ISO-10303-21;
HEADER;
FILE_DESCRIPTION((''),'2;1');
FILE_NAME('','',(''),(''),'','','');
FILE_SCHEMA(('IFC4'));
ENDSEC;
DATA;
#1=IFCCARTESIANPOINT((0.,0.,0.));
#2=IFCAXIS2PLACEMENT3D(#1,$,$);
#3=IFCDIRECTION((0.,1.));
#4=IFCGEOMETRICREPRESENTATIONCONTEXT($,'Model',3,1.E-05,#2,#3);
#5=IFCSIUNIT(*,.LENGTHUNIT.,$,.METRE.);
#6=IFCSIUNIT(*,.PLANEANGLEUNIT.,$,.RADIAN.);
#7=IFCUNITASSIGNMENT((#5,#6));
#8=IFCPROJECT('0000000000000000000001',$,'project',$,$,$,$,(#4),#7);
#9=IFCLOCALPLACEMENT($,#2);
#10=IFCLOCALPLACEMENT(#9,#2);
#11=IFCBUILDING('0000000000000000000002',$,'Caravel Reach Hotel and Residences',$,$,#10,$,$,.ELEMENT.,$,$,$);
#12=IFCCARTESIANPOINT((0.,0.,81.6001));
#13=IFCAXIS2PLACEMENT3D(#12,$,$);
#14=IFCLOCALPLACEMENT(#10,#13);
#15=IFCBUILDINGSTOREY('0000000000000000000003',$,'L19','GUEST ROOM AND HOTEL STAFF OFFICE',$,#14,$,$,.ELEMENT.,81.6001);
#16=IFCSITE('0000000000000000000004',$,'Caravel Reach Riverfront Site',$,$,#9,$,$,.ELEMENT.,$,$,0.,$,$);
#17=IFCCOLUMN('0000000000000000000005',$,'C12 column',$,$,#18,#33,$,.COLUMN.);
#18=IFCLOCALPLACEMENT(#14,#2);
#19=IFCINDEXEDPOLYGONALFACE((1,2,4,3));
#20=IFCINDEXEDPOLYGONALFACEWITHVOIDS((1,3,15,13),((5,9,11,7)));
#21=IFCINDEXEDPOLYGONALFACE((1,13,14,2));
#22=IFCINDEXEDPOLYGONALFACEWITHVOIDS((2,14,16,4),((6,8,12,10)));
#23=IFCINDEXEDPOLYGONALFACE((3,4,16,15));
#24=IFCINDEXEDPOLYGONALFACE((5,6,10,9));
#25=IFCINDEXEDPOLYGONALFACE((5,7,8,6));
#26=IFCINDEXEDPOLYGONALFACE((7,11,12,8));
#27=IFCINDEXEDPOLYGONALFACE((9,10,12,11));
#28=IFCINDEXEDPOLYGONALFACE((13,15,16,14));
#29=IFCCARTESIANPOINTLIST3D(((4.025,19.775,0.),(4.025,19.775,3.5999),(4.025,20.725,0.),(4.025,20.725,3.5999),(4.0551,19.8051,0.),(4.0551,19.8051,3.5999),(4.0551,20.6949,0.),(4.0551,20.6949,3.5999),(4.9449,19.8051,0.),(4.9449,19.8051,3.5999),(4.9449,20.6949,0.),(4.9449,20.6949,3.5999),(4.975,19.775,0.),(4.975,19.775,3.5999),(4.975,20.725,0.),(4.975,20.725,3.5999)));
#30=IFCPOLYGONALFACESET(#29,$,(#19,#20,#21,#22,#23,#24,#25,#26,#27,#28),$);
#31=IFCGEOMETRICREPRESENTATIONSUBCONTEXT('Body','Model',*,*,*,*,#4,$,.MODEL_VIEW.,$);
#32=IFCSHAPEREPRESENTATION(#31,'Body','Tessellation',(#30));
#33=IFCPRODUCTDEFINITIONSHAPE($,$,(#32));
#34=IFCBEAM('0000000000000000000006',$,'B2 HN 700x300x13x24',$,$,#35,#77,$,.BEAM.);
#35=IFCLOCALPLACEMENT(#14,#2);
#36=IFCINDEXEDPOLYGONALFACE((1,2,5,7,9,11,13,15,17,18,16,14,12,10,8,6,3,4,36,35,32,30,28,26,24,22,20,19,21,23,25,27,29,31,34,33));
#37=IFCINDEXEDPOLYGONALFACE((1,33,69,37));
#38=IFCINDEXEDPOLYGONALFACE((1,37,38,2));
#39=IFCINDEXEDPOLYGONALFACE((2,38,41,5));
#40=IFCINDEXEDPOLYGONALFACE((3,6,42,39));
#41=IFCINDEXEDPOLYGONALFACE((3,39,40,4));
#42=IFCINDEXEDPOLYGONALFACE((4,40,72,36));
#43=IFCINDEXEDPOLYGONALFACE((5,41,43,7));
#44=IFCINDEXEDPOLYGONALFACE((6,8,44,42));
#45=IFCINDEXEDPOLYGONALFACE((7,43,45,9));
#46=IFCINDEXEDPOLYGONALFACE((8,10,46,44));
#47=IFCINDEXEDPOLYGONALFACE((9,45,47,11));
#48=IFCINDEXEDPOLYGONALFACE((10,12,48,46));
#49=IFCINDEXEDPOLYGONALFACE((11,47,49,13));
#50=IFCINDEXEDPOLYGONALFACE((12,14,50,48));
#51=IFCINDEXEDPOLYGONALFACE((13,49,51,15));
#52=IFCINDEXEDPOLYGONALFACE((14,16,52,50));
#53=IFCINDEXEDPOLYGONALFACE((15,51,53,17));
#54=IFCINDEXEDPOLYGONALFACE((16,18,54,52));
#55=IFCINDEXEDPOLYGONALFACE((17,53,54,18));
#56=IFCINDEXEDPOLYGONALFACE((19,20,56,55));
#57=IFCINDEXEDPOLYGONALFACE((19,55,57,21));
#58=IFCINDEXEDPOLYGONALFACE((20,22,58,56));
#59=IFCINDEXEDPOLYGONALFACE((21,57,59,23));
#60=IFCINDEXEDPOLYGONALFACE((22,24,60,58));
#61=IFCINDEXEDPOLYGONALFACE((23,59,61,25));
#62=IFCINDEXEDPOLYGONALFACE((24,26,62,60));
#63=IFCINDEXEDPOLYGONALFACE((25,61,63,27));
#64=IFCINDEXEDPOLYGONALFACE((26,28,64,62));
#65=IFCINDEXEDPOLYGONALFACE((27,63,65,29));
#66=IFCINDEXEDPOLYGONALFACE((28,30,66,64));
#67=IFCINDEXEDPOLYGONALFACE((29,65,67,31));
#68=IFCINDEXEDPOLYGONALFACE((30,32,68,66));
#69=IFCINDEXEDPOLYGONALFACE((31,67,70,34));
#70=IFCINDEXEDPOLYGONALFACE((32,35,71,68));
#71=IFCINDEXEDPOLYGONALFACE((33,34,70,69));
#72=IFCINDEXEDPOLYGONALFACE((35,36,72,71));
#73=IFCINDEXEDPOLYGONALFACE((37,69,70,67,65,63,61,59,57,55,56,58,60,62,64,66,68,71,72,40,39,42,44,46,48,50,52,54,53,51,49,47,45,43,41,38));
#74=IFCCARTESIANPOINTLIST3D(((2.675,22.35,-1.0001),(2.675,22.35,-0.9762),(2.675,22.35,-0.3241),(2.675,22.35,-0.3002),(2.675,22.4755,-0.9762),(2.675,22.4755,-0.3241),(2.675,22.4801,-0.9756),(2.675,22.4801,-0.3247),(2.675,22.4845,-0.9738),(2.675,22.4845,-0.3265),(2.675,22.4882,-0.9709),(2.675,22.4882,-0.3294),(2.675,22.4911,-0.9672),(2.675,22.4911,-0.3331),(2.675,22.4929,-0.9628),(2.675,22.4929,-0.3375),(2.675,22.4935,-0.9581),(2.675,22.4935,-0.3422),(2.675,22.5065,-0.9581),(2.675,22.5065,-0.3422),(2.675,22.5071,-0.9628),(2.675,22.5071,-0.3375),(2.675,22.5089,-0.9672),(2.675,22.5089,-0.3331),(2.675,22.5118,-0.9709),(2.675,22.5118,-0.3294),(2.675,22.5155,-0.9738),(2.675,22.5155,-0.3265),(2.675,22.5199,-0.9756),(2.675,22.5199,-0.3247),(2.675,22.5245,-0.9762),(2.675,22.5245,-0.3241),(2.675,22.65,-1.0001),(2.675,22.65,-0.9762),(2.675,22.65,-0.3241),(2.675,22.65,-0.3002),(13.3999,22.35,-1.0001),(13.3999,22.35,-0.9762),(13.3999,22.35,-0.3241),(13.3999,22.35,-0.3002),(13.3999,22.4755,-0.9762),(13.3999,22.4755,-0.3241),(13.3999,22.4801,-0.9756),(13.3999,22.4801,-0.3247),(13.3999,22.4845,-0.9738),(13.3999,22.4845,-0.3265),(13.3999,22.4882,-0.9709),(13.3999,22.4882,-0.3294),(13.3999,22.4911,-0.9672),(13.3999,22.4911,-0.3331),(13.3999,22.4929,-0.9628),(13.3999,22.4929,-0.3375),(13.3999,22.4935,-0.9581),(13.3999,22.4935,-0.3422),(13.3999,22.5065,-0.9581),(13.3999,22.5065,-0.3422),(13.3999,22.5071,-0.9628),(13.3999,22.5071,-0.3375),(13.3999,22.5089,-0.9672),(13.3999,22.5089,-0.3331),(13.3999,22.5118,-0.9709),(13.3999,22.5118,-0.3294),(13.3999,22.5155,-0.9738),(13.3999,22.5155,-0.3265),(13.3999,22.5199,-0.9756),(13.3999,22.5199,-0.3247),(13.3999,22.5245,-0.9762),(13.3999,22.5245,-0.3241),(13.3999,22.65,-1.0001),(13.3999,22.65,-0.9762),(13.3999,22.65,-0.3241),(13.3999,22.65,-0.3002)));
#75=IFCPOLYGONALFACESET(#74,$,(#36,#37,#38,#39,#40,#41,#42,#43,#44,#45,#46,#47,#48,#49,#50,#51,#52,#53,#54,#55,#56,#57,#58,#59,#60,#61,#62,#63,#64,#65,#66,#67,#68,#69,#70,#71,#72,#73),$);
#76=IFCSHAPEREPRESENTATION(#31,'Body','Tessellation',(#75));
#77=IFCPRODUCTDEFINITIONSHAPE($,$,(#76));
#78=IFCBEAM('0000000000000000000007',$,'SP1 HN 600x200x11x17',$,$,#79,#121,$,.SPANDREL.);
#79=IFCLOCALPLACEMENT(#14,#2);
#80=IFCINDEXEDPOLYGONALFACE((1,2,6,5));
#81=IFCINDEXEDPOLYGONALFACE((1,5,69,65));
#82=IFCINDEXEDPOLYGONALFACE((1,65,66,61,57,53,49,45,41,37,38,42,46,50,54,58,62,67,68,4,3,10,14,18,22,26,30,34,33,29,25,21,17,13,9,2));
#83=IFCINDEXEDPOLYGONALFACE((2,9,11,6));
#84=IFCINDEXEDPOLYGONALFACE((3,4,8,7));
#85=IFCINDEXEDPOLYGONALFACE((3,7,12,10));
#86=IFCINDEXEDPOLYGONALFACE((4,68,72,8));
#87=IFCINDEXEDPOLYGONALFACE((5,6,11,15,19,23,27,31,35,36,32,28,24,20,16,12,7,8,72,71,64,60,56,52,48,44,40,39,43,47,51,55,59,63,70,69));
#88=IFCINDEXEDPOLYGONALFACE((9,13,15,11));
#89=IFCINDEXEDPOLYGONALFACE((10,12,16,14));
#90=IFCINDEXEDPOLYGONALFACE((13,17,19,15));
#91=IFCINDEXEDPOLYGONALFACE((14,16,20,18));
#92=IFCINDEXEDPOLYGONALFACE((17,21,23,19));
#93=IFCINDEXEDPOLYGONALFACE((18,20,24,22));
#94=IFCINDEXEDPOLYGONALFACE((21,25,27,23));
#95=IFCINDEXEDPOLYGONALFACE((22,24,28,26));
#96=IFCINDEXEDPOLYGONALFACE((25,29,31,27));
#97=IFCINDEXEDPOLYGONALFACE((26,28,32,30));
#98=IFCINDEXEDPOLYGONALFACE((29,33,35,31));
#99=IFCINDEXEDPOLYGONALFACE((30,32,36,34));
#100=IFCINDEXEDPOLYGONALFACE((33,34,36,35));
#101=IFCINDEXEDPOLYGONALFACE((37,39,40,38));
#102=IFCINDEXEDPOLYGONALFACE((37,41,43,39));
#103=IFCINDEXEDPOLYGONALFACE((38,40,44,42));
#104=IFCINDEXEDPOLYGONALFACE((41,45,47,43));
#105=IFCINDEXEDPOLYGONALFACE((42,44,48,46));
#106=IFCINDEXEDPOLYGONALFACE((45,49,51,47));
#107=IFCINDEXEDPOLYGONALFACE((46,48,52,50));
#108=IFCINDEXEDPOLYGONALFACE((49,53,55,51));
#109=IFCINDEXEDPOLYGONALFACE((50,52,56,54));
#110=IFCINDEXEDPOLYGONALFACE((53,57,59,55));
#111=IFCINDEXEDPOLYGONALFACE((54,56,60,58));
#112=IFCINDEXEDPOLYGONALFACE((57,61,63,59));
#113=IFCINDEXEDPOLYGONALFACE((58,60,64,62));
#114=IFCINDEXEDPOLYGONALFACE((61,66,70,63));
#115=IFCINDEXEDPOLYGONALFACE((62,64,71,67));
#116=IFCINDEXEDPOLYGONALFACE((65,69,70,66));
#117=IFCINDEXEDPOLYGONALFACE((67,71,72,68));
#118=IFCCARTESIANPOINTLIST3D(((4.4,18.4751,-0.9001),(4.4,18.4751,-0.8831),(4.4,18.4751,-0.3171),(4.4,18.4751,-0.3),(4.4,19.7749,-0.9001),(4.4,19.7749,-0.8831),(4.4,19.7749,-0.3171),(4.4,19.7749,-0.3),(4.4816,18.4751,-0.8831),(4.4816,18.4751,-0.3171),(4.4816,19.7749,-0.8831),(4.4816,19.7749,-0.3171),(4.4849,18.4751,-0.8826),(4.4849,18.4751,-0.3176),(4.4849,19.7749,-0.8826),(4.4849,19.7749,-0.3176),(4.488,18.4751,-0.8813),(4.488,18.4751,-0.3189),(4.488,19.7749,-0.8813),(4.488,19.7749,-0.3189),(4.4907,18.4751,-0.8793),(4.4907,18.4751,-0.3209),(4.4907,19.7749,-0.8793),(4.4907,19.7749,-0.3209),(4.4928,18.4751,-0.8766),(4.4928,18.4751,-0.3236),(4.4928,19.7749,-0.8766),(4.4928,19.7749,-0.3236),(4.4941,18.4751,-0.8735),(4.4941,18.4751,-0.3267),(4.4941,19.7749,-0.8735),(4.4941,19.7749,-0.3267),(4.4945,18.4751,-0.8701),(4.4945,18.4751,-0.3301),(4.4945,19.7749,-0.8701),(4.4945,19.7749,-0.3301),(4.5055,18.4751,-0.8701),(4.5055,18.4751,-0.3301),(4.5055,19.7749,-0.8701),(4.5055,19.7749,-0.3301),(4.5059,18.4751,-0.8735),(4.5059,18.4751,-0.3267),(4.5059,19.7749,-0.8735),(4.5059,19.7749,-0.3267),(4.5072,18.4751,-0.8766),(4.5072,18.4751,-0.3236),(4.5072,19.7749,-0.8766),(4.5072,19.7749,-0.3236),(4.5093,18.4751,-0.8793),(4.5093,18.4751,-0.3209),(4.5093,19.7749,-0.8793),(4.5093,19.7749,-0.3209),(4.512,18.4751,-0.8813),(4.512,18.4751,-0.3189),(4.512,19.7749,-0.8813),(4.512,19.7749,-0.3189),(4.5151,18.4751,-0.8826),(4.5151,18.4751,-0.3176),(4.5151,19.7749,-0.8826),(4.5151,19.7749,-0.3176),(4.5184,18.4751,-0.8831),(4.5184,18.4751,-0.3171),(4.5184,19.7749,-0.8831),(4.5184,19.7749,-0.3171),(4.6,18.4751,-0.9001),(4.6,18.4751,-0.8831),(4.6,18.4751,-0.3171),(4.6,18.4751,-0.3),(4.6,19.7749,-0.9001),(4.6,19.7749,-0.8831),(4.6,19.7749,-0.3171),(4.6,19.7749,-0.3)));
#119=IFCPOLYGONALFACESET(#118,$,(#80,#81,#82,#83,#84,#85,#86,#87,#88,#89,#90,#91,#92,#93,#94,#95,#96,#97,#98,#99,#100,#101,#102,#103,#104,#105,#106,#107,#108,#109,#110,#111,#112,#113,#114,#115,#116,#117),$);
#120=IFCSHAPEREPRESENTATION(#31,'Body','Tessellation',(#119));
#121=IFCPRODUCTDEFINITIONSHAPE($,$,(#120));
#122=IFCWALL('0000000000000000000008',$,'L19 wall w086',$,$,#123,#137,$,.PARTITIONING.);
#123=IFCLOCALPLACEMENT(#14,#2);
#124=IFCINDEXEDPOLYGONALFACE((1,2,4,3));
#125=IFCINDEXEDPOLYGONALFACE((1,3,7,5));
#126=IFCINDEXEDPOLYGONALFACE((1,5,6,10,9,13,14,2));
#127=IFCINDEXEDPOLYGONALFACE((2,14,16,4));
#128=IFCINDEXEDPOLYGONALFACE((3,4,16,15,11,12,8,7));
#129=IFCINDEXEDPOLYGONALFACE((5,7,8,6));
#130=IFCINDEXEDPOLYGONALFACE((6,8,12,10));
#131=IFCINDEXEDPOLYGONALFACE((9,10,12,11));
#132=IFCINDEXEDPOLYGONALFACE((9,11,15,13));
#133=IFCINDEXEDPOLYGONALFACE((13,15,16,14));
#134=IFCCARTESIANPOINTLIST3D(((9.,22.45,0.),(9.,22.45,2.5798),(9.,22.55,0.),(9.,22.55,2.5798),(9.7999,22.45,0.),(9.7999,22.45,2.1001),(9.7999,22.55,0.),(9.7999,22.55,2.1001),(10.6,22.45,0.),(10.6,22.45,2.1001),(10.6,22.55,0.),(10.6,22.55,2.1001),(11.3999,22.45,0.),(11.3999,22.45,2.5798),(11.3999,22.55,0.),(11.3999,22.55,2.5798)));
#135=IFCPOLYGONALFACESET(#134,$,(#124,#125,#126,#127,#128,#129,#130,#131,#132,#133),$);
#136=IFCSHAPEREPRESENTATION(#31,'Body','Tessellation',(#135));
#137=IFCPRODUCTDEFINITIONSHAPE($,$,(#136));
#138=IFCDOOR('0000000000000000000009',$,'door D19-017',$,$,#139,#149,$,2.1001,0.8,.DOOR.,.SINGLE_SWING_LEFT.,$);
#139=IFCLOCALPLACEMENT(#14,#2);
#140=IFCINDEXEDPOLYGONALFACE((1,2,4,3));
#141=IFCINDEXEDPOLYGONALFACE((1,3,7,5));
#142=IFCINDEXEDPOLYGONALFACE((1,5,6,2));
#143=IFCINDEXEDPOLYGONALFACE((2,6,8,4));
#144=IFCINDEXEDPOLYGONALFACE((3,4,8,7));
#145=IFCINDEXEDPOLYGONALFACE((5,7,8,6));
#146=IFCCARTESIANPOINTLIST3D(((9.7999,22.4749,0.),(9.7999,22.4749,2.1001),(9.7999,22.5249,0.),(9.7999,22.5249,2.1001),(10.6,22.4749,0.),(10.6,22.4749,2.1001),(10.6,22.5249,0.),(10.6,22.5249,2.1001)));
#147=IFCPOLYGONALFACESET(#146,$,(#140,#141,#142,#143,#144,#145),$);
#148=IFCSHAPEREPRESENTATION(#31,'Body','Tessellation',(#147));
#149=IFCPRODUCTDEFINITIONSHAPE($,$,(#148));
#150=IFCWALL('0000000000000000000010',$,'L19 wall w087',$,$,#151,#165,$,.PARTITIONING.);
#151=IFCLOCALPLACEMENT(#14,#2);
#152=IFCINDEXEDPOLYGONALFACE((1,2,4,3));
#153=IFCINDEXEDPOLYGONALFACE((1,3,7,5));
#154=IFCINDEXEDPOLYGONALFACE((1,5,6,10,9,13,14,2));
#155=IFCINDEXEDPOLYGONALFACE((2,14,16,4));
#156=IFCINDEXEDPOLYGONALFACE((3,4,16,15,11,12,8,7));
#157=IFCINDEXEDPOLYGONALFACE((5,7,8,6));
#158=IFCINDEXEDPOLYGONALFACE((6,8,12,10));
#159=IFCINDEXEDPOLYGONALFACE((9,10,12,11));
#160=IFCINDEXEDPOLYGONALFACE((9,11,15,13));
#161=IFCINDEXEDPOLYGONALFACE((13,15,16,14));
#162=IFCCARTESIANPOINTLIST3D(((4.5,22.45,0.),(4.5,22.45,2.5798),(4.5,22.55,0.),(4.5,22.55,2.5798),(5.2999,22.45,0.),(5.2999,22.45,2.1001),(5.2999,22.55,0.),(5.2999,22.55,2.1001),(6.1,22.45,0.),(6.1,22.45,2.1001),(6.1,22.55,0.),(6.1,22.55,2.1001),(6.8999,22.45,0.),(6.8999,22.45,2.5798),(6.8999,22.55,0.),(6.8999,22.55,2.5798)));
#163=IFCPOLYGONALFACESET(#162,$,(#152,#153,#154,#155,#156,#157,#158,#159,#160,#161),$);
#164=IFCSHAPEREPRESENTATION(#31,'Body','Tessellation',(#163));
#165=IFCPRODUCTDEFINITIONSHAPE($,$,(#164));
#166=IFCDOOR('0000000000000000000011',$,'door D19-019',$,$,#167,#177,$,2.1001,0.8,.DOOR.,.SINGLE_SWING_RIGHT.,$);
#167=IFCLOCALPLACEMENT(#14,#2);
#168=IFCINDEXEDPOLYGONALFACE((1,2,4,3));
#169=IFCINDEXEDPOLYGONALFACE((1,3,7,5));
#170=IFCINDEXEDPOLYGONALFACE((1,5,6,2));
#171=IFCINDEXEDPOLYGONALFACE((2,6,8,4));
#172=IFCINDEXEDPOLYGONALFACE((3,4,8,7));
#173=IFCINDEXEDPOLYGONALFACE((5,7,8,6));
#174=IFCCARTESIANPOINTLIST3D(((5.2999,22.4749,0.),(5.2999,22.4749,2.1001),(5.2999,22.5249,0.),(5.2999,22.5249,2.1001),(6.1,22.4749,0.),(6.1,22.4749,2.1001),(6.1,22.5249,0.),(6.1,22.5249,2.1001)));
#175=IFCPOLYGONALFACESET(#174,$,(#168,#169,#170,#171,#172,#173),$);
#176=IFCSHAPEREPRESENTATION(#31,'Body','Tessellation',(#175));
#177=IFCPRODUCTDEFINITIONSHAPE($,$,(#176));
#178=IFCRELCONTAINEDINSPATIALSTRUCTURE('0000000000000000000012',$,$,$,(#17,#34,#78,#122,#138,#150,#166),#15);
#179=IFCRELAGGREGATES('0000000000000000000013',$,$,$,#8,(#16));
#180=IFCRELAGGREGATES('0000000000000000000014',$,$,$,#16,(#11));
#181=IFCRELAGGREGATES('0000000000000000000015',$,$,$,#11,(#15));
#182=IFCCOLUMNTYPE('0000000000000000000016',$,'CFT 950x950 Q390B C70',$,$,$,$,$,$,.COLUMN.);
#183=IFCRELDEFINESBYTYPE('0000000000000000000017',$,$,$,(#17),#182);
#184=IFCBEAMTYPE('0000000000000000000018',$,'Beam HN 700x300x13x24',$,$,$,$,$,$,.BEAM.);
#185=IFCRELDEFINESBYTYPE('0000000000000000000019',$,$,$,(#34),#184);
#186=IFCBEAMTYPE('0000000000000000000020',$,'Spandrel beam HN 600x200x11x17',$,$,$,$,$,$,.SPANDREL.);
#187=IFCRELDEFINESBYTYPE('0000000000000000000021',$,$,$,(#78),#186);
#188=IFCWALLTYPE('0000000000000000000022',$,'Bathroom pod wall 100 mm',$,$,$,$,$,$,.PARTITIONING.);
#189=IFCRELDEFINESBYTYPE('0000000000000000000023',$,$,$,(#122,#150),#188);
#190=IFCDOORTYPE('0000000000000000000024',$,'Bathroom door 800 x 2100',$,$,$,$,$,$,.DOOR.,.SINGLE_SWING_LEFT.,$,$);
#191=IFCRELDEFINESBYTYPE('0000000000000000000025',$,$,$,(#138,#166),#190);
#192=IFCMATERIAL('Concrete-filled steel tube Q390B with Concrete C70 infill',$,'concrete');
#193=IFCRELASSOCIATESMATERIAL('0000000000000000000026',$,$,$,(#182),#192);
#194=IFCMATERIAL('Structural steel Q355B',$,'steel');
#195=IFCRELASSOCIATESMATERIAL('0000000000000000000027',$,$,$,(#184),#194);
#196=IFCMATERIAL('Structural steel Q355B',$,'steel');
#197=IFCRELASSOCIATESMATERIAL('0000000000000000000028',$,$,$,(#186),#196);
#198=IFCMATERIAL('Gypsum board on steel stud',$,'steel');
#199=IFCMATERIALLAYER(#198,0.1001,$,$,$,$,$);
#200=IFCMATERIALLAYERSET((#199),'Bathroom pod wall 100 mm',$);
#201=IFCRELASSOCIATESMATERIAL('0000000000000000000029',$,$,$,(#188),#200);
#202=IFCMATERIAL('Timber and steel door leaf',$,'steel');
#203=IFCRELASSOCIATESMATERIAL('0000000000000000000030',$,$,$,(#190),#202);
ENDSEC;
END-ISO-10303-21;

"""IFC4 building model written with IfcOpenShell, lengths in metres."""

from ifc_helpers import new_model, si_unit, direction, frame, frame_2d, origin, origin_2d, place, context, subcontext, project, spatial, rectangle, hollow_rectangle, i_section, extrude, material, layer, layer_set, material_profile, profile_set, type_object, element, fill, save


model = new_model("IFC4")

# Units and contexts
model_context = context("Model", 3, precision=1e-05, world=origin(), true_north=direction((0.0, 1.0)))
body_context = subcontext(model_context, "Body", "Model", "MODEL_VIEW")
ifc_project = project(units=[si_unit("LENGTHUNIT", "METRE"), si_unit("PLANEANGLEUNIT", "RADIAN")], contexts=[model_context])

# Site, building, storey
site_placement = place(None, origin())
site = spatial("IfcSite", under=ifc_project, at=site_placement, Name="Caravel Reach Riverfront Site", CompositionType="ELEMENT", RefElevation=0.0)
building_placement = place(site_placement, origin())
building = spatial("IfcBuilding", under=site, at=building_placement, Name="Caravel Reach Hotel and Residences", CompositionType="ELEMENT")
storey_placement = place(building_placement, frame((0.0, 0.0, 81.6001)))
storey = spatial("IfcBuildingStorey", under=building, at=storey_placement, Name="L19", Description="GUEST ROOM AND HOTEL STAFF OFFICE", CompositionType="ELEMENT", Elevation=81.6001)

# Column
ifc_material_1 = material(Name="Concrete-filled steel tube Q390B with Concrete C70 infill", Category="concrete")
ifc_material_profile_1 = material_profile(ifc_material_1, hollow_rectangle(XDim=0.95, YDim=0.95, WallThickness=0.03, at=origin_2d()), Name="RHS 950x950x30")
ifc_profile_set_1 = profile_set([ifc_material_profile_1], Name="Concrete-filled steel tube Q390B with Concrete C70 infill")
column_type = type_object("IfcColumnType", Name="CFT 950x950 Q390B C70", PredefinedType="COLUMN", material=ifc_profile_set_1)
column_placement = place(storey_placement, frame((4.5, 20.25, 0.0), z_axis=(0.0, 0.0, 1.0), x_axis=(1.0, 0.0, 0.0)))
element("IfcColumn", 1, at=column_placement, inside=storey, type_object=column_type, Name="C12 column", PredefinedType="COLUMN", context=body_context, shape_type="SweptSolid", body=[
    extrude(hollow_rectangle(XDim=0.95, YDim=0.95, WallThickness=0.03, at=origin_2d()), origin(), (0.0, 0.0, 1.0), 3.5999),
])

# Beams
ifc_material_2 = material(Name="Structural steel Q355B", Category="steel")
ifc_material_profile_2 = material_profile(ifc_material_2, i_section(OverallWidth=0.3, OverallDepth=0.7, WebThickness=0.0129, FlangeThickness=0.0239, FilletRadius=0.0181, at=origin_2d()), Name="HN 700x300x13x24")
ifc_profile_set_2 = profile_set([ifc_material_profile_2], Name="Structural steel Q355B")
beam_type_1 = type_object("IfcBeamType", Name="Beam HN 700x300x13x24", PredefinedType="BEAM", material=ifc_profile_set_2)
beam_1_placement = place(storey_placement, frame((13.3999, 22.5, -0.6501), z_axis=(-1.0, 0.0, 0.0), x_axis=(0.0, -1.0, 0.0)))
element("IfcBeam", 2, at=beam_1_placement, inside=storey, type_object=beam_type_1, Name="B2 HN 700x300x13x24", PredefinedType="BEAM", context=body_context, shape_type="SweptSolid", body=[
    extrude(i_section(OverallWidth=0.3, OverallDepth=0.7, WebThickness=0.0129, FlangeThickness=0.0239, FilletRadius=0.0181, at=origin_2d()), origin(), (0.0, 0.0, 1.0), 10.7249),
])
ifc_material_3 = material(Name="Structural steel Q355B", Category="steel")
ifc_material_profile_3 = material_profile(ifc_material_3, i_section(OverallWidth=0.2, OverallDepth=0.6001, WebThickness=0.011, FlangeThickness=0.0171, FilletRadius=0.0129, at=origin_2d()), Name="HN 600x200x11x17")
ifc_profile_set_3 = profile_set([ifc_material_profile_3], Name="Structural steel Q355B")
beam_type_2 = type_object("IfcBeamType", Name="Spandrel beam HN 600x200x11x17", PredefinedType="SPANDREL", material=ifc_profile_set_3)
beam_2_placement = place(storey_placement, frame((4.5, 19.7749, -0.6001), z_axis=(0.0, -1.0, 0.0), x_axis=(1.0, 0.0, 0.0)))
element("IfcBeam", 3, at=beam_2_placement, inside=storey, type_object=beam_type_2, Name="SP1 HN 600x200x11x17", PredefinedType="SPANDREL", context=body_context, shape_type="SweptSolid", body=[
    extrude(i_section(OverallWidth=0.2, OverallDepth=0.6001, WebThickness=0.011, FlangeThickness=0.0171, FilletRadius=0.0129, at=origin_2d()), origin(), (0.0, 0.0, 1.0), 1.2998),
])

# Walls, openings, doors
ifc_material_4 = material(Name="Gypsum board on steel stud", Category="steel")
ifc_layer_1 = layer(ifc_material_4, 0.1001)
ifc_layer_set_1 = layer_set([ifc_layer_1], Name="Bathroom pod wall 100 mm")
wall_type_1 = type_object("IfcWallType", Name="Bathroom pod wall 100 mm", PredefinedType="PARTITIONING", material=ifc_layer_set_1)
wall_1_placement = place(storey_placement, frame((9.0, 22.5, 0.0), z_axis=(0.0, 0.0, 1.0), x_axis=(1.0, 0.0, 0.0)))
wall_1 = element("IfcWall", 4, at=wall_1_placement, inside=storey, type_object=wall_type_1, Name="L19 wall w086", PredefinedType="PARTITIONING", context=body_context, shape_type="SweptSolid", body=[
    extrude(rectangle(XDim=2.3999, YDim=0.1001, at=frame_2d((1.2, 0.0))), origin(), (0.0, 0.0, 1.0), 2.5798),
])
opening_1_placement = place(wall_1_placement, frame((0.8, 0.0, 0.0)))
opening_1 = element("IfcOpeningElement", 5, at=opening_1_placement, cuts=wall_1, PredefinedType="OPENING", context=body_context, shape_type="SweptSolid", body=[
    extrude(rectangle(XDim=0.8, YDim=2.1001, at=frame_2d((0.3999, 1.05))), frame((0.0, 0.0601, 0.0), z_axis=(0.0, -1.0, 0.0), x_axis=(1.0, 0.0, 0.0)), (0.0, 0.0, 1.0), 0.1201),
])
ifc_material_5 = material(Name="Timber and steel door leaf", Category="steel")
door_type_1 = type_object("IfcDoorType", Name="Bathroom door 800 x 2100", OperationType="SINGLE_SWING_LEFT", PredefinedType="DOOR", material=ifc_material_5)
door_1_placement = place(opening_1_placement, origin())
door_1 = element("IfcDoor", 6, at=door_1_placement, inside=storey, type_object=door_type_1, Name="door D19-017", OperationType="SINGLE_SWING_LEFT", OverallHeight=2.1001, OverallWidth=0.8, PredefinedType="DOOR", context=body_context, shape_type="SweptSolid", body=[
    extrude(rectangle(XDim=0.8, YDim=2.1001, at=frame_2d((0.3999, 1.05))), frame((0.0, 0.0249, 0.0), z_axis=(0.0, -1.0, 0.0), x_axis=(1.0, 0.0, 0.0)), (0.0, 0.0, 1.0), 0.05),
])
fill(opening_1, door_1)
wall_2_placement = place(storey_placement, frame((4.5, 22.5, 0.0), z_axis=(0.0, 0.0, 1.0), x_axis=(1.0, 0.0, 0.0)))
wall_2 = element("IfcWall", 7, at=wall_2_placement, inside=storey, type_object=wall_type_1, Name="L19 wall w087", PredefinedType="PARTITIONING", context=body_context, shape_type="SweptSolid", body=[
    extrude(rectangle(XDim=2.3999, YDim=0.1001, at=frame_2d((1.2, 0.0))), origin(), (0.0, 0.0, 1.0), 2.5798),
])
opening_2_placement = place(wall_2_placement, frame((0.8, 0.0, 0.0)))
opening_2 = element("IfcOpeningElement", 8, at=opening_2_placement, cuts=wall_2, PredefinedType="OPENING", context=body_context, shape_type="SweptSolid", body=[
    extrude(rectangle(XDim=0.8, YDim=2.1001, at=frame_2d((0.3999, 1.05))), frame((0.0, 0.0601, 0.0), z_axis=(0.0, -1.0, 0.0), x_axis=(1.0, 0.0, 0.0)), (0.0, 0.0, 1.0), 0.1201),
])
door_2_placement = place(opening_2_placement, origin())
door_2 = element("IfcDoor", 9, at=door_2_placement, inside=storey, type_object=door_type_1, Name="door D19-019", OperationType="SINGLE_SWING_RIGHT", OverallHeight=2.1001, OverallWidth=0.8, PredefinedType="DOOR", context=body_context, shape_type="SweptSolid", body=[
    extrude(rectangle(XDim=0.8, YDim=2.1001, at=frame_2d((0.3999, 1.05))), frame((0.0, 0.0249, 0.0), z_axis=(0.0, -1.0, 0.0), x_axis=(1.0, 0.0, 0.0)), (0.0, 0.0, 1.0), 0.05),
])
fill(opening_2, door_2)

save(model, "model.ifc")
